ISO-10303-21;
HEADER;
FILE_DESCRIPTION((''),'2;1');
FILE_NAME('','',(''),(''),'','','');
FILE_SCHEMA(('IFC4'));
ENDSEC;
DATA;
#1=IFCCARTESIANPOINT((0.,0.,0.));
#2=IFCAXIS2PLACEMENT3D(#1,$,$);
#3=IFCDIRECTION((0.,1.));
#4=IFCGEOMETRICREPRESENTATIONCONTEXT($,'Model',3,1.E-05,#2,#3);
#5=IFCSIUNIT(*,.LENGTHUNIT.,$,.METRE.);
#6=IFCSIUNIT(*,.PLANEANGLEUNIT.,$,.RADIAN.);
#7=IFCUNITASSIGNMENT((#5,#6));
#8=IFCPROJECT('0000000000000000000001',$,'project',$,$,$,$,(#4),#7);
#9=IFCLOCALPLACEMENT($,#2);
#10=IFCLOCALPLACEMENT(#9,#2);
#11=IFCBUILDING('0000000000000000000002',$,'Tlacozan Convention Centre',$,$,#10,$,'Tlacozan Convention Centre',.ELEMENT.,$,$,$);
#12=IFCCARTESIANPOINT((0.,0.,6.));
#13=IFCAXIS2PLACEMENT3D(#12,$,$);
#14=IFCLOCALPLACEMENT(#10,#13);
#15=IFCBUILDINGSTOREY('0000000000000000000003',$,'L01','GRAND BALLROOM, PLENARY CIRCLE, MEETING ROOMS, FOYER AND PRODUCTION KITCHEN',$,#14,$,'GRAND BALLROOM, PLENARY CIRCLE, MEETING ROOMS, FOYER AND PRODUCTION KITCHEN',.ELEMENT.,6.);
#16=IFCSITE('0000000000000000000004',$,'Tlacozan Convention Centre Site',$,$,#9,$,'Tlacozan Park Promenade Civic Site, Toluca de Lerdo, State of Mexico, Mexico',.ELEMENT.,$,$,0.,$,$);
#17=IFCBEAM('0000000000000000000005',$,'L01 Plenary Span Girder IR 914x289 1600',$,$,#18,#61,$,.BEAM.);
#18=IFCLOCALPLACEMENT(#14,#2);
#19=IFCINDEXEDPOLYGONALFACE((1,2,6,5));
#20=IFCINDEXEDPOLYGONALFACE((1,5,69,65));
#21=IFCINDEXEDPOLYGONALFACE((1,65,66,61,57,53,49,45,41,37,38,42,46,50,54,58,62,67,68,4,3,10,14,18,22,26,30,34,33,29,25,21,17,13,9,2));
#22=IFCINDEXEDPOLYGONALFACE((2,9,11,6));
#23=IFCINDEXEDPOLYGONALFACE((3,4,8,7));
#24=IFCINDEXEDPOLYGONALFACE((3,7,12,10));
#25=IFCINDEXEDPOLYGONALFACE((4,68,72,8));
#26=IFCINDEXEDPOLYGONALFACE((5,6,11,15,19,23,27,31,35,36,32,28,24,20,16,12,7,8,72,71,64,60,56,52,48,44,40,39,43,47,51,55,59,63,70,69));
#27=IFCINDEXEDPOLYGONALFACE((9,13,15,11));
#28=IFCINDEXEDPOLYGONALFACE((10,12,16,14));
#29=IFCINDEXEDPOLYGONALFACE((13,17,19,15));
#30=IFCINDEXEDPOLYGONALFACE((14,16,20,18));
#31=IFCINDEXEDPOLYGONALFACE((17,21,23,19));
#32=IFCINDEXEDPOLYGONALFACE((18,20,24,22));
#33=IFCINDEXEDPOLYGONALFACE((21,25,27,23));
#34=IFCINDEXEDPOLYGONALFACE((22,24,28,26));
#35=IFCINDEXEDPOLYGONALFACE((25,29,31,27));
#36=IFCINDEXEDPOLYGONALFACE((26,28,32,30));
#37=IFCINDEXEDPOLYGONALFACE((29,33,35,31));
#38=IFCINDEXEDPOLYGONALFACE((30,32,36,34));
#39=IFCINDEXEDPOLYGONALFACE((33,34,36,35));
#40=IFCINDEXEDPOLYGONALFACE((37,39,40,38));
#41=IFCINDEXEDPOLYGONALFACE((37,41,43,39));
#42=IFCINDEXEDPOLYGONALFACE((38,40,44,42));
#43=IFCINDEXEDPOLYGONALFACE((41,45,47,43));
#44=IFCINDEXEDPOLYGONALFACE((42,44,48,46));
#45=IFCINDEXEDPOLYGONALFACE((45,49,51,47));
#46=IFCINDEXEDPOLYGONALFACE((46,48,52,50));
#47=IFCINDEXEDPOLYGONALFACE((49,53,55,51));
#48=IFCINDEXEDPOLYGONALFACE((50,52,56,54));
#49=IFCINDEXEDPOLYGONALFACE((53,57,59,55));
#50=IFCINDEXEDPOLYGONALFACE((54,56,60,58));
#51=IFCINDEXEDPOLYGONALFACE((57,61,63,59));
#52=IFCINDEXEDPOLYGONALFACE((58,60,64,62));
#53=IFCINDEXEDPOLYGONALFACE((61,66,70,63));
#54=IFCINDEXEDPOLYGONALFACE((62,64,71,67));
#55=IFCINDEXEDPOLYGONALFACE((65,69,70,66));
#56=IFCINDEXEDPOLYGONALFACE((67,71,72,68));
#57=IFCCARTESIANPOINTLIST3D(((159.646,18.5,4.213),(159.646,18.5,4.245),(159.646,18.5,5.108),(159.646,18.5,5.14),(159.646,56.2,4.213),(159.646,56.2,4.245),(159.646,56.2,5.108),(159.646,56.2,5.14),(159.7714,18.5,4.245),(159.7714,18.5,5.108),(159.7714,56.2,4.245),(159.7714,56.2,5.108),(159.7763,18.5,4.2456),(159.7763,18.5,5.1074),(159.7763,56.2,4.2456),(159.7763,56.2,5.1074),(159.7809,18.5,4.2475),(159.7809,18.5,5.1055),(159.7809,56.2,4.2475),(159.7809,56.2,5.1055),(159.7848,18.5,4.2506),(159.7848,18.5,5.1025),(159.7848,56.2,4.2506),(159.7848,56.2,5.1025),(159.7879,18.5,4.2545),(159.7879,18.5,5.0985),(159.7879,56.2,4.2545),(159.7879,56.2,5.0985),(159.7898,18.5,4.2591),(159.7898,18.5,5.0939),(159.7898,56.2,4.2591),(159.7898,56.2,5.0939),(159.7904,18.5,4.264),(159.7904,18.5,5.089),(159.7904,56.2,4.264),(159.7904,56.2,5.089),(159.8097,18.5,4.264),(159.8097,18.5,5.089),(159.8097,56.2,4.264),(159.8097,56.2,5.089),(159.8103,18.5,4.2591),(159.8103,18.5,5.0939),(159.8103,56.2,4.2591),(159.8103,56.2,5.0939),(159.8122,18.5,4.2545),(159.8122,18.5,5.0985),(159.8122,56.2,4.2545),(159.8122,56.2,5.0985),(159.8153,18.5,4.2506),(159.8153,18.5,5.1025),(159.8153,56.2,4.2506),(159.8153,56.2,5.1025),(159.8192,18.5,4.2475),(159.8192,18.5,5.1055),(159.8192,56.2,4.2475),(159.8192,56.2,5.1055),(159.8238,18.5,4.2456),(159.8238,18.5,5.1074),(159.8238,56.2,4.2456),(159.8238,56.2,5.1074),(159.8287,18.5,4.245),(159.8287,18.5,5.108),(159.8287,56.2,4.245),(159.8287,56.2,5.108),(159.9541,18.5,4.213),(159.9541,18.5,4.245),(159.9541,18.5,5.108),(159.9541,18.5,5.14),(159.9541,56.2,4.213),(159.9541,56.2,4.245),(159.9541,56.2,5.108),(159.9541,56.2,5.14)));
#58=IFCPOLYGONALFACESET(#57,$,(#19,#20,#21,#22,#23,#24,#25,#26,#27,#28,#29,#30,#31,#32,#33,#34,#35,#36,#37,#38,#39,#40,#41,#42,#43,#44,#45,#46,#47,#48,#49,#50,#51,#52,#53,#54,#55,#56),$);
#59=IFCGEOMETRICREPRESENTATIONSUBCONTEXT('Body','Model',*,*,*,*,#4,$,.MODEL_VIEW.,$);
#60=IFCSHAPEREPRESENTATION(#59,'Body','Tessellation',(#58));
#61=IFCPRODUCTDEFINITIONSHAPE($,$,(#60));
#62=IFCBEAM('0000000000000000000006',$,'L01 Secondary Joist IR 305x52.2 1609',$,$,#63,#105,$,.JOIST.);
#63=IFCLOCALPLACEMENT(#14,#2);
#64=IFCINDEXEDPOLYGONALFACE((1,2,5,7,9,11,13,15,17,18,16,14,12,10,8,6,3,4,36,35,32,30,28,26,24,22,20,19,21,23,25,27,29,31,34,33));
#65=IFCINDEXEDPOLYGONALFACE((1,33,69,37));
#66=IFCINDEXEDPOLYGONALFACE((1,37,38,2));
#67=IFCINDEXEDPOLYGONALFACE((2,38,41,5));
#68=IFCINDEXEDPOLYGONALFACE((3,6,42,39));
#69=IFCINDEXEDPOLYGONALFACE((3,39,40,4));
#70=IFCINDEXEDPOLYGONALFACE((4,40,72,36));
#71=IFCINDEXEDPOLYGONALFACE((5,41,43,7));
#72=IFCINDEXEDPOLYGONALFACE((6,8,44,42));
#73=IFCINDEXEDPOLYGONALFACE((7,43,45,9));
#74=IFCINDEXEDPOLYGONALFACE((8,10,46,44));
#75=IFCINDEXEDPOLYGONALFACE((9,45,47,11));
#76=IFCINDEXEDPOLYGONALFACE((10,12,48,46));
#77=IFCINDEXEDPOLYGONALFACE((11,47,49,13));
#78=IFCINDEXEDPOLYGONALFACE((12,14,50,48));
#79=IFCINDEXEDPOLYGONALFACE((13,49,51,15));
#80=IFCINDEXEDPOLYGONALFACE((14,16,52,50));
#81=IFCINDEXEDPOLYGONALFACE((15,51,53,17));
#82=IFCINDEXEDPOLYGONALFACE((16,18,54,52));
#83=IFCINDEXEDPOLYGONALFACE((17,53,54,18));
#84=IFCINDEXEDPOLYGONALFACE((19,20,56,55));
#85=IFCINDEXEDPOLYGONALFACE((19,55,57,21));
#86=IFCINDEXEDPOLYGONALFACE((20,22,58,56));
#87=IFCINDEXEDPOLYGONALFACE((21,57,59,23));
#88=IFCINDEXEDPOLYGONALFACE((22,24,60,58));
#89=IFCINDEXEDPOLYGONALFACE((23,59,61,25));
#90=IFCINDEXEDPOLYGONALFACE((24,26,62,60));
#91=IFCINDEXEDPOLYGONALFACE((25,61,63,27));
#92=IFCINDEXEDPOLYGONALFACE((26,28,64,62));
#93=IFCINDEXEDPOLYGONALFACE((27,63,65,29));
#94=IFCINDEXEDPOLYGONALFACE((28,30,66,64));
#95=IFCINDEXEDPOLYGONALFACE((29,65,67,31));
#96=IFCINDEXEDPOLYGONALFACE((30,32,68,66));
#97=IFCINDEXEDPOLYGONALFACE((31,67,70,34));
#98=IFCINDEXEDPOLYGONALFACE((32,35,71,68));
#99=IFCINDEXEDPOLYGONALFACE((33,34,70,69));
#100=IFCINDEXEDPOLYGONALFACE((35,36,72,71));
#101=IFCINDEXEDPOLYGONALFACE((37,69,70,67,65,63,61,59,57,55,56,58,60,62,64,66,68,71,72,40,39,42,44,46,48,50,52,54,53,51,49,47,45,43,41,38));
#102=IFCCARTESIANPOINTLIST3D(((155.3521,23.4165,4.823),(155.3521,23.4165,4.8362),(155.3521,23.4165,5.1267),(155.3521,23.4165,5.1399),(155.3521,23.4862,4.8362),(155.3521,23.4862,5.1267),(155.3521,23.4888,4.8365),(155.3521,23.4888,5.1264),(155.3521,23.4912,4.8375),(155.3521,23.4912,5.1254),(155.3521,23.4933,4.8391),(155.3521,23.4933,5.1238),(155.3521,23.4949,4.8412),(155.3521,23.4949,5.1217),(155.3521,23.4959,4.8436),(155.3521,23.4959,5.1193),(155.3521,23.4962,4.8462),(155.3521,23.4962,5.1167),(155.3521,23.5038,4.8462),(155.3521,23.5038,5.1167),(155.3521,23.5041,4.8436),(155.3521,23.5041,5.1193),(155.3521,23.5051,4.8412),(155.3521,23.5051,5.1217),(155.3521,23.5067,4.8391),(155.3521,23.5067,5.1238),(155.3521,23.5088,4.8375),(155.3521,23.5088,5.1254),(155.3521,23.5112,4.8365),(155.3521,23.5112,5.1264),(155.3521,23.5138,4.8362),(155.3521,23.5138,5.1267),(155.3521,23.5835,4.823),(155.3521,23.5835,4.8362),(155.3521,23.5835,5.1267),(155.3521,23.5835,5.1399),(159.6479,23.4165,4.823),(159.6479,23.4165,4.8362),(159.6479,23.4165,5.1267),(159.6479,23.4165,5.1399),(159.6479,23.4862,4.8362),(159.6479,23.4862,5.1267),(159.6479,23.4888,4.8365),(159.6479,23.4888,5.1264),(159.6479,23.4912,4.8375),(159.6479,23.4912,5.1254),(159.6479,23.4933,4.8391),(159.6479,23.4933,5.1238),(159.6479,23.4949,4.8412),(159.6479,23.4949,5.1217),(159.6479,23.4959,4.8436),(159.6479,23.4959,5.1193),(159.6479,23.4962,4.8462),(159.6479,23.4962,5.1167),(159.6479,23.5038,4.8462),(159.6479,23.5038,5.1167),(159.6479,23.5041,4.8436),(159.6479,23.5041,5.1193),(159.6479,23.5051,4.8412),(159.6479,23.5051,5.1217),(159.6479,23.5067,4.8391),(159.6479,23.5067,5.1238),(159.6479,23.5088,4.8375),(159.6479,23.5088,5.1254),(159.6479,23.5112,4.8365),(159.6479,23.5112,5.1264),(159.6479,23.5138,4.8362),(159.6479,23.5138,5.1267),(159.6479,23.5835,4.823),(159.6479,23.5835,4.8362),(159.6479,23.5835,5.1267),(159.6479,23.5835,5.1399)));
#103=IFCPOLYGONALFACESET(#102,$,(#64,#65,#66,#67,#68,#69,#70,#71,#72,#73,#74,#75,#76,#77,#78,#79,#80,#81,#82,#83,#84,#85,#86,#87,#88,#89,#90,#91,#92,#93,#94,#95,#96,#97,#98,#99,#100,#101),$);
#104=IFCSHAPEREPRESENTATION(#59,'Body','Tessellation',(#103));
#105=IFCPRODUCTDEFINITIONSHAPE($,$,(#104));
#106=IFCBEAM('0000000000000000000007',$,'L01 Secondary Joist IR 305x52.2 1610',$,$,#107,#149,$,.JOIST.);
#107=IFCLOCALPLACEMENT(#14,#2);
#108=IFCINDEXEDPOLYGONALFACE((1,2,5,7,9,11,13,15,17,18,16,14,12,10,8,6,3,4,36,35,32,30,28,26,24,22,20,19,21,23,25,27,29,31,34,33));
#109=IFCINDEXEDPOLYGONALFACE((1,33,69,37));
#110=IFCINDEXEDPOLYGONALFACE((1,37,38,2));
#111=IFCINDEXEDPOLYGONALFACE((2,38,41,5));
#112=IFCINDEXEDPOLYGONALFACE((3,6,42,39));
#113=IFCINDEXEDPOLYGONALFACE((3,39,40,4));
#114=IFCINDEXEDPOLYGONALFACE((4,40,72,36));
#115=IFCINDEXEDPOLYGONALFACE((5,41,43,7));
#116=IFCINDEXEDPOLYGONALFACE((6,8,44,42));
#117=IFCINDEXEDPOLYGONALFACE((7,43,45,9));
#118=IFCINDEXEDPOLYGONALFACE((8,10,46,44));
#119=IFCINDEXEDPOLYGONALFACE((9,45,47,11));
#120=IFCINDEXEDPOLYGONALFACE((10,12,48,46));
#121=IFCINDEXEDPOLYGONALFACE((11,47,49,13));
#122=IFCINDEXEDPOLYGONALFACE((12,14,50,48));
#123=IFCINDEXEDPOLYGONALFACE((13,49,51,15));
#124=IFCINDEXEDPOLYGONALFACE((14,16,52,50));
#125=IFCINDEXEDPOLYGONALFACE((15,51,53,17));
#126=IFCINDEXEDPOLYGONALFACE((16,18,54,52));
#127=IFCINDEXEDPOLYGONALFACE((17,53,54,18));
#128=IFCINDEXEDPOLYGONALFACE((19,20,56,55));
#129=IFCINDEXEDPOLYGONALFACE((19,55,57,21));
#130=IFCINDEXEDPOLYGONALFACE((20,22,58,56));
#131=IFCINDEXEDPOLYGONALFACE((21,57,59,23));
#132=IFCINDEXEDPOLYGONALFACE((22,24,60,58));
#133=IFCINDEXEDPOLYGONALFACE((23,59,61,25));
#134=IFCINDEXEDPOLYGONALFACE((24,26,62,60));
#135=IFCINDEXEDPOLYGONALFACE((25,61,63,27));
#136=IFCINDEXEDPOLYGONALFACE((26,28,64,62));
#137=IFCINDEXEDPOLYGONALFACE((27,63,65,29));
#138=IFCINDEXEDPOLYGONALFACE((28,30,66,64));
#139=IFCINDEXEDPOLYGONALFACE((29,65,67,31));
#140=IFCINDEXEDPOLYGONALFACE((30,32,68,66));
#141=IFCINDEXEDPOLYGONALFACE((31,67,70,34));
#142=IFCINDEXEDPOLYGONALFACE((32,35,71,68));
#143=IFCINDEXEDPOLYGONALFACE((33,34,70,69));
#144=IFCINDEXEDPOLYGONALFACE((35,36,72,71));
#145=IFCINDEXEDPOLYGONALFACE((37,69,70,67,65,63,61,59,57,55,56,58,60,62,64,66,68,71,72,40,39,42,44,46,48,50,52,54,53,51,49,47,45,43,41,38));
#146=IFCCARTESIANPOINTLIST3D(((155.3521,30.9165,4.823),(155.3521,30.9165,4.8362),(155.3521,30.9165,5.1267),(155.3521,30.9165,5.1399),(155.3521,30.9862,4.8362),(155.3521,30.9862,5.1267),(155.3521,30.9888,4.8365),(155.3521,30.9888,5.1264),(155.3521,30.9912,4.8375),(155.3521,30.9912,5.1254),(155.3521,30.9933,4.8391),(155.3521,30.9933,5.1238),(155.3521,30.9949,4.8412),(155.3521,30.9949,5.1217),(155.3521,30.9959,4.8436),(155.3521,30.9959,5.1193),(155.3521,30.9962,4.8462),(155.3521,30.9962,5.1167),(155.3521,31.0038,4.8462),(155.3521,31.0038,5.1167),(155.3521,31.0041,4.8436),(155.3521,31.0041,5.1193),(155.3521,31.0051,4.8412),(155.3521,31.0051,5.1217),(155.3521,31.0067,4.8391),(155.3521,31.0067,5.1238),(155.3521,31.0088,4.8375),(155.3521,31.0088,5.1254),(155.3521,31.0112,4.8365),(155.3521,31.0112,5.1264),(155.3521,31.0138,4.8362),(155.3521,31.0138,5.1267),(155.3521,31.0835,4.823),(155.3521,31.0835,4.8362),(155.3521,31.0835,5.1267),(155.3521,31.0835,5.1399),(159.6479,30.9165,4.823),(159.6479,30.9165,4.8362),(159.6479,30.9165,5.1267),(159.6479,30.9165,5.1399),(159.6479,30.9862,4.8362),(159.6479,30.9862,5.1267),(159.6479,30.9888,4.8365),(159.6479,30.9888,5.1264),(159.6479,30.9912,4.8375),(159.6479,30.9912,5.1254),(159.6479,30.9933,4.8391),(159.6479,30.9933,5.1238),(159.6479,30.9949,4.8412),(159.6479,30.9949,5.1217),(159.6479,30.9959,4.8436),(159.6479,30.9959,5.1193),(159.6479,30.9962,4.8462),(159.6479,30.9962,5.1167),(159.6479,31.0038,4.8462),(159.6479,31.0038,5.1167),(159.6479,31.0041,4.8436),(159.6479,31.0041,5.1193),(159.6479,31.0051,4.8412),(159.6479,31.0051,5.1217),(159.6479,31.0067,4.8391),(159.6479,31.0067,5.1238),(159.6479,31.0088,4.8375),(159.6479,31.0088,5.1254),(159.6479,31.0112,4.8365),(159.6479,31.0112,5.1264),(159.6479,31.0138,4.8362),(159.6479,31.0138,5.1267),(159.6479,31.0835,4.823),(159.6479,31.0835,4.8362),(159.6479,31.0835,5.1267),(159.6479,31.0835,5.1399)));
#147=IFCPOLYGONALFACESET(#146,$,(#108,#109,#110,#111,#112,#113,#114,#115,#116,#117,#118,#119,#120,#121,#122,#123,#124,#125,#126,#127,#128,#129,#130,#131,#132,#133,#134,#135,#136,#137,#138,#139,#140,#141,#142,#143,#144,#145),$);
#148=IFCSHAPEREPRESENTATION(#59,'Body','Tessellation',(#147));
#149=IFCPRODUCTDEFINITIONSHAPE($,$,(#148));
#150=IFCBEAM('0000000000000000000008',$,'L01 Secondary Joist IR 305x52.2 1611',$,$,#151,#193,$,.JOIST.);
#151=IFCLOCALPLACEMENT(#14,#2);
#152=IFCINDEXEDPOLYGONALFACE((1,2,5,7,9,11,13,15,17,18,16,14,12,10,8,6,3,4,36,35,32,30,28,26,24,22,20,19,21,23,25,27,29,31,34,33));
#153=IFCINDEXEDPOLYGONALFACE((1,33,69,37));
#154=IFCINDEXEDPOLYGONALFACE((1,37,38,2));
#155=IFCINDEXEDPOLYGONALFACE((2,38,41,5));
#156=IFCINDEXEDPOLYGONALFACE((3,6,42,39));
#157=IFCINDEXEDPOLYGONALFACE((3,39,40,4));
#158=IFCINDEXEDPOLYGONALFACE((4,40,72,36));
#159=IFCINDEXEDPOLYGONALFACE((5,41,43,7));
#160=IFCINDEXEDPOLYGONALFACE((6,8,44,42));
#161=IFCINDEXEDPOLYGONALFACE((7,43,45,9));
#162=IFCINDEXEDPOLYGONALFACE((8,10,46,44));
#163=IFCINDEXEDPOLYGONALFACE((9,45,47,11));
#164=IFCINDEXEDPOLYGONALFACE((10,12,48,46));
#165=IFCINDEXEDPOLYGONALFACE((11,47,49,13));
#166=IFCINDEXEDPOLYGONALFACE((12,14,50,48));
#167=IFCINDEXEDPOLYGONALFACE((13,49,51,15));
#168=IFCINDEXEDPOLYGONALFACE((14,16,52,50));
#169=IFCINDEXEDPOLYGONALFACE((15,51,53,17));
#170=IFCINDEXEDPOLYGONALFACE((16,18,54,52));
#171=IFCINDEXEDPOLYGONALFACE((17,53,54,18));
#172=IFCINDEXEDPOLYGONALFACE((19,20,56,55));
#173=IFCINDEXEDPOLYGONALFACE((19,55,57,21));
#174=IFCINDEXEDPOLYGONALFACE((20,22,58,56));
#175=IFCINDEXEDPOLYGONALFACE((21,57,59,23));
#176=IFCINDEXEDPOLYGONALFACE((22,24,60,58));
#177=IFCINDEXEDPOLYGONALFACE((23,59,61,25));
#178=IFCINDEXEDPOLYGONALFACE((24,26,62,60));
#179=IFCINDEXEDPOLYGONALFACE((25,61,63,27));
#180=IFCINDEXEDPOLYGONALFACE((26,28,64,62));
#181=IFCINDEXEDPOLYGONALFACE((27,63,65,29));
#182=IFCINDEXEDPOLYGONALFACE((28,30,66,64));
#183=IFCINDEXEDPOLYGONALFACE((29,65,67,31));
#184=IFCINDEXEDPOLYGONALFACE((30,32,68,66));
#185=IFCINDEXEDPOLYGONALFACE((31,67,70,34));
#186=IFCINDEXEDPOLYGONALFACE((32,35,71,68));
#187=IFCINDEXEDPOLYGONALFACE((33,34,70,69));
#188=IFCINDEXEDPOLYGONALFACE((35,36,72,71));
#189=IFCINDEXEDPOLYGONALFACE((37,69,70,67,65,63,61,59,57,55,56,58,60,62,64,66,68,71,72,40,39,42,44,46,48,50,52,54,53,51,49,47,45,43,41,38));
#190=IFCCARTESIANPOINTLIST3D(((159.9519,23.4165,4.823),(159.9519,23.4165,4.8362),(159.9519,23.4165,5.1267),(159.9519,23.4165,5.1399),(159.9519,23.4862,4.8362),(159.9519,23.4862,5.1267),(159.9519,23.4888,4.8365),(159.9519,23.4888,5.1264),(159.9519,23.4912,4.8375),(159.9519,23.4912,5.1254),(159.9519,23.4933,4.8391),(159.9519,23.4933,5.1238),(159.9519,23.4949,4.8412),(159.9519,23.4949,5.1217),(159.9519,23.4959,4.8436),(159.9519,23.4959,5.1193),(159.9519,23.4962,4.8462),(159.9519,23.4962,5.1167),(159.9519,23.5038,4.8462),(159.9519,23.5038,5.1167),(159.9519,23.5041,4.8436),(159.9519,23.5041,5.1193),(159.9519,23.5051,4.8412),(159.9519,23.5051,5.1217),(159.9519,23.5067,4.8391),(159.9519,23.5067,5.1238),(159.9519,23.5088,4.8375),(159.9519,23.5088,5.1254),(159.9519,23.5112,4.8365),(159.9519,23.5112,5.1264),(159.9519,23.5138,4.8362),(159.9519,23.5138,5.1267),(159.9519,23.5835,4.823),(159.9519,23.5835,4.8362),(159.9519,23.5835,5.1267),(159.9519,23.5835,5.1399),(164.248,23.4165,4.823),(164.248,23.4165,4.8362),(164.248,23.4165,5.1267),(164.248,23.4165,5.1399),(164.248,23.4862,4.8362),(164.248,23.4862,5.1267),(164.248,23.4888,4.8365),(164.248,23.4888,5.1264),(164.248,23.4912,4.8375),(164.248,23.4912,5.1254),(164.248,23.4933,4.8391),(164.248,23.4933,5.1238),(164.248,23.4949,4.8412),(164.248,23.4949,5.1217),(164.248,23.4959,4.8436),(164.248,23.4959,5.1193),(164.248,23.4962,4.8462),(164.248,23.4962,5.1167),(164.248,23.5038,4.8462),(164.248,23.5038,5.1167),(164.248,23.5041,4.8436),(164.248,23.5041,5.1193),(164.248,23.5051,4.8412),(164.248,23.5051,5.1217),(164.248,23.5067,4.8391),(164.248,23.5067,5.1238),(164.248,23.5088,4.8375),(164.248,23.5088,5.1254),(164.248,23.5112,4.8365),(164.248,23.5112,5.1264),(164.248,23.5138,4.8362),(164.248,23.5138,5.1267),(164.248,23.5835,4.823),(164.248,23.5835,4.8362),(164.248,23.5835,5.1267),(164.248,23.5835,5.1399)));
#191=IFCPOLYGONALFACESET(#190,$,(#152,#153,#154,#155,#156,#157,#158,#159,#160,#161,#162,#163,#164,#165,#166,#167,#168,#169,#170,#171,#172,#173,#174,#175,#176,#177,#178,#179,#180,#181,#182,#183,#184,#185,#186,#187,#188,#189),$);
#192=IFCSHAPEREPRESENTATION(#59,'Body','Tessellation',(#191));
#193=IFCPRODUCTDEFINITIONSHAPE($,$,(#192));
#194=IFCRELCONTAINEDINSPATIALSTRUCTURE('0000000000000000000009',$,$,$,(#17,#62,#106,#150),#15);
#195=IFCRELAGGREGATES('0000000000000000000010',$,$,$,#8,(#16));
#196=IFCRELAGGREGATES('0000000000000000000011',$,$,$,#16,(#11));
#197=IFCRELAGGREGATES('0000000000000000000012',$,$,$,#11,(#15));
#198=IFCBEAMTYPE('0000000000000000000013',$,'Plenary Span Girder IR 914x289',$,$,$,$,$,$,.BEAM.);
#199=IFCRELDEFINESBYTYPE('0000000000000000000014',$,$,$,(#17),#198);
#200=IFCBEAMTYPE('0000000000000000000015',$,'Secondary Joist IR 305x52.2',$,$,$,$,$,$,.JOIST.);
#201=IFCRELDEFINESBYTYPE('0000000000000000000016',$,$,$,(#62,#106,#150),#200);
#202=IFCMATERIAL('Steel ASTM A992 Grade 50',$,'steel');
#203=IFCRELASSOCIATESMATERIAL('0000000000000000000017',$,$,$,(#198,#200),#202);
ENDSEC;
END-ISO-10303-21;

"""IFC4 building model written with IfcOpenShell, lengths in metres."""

from ifc_helpers import new_model, si_unit, direction, frame, origin, origin_2d, place, context, subcontext, project, spatial, i_section, extrude, material, material_profile, profile_set, type_object, element, save


model = new_model("IFC4")

# Units and contexts
model_context = context("Model", 3, precision=1e-05, world=origin(), true_north=direction((0.0, 1.0)))
body_context = subcontext(model_context, "Body", "Model", "MODEL_VIEW")
ifc_project = project(units=[si_unit("LENGTHUNIT", "METRE"), si_unit("PLANEANGLEUNIT", "RADIAN")], contexts=[model_context])

# Site, building, storey
site_placement = place(None, origin())
site = spatial("IfcSite", under=ifc_project, at=site_placement, Name="Tlacozan Convention Centre Site", LongName="Tlacozan Park Promenade Civic Site, Toluca de Lerdo, State of Mexico, Mexico", CompositionType="ELEMENT", RefElevation=0.0)
building_placement = place(site_placement, origin())
building = spatial("IfcBuilding", under=site, at=building_placement, Name="Tlacozan Convention Centre", LongName="Tlacozan Convention Centre", CompositionType="ELEMENT")
storey_placement = place(building_placement, frame((0.0, 0.0, 6.0)))
storey = spatial("IfcBuildingStorey", under=building, at=storey_placement, Name="L01", Description="GRAND BALLROOM, PLENARY CIRCLE, MEETING ROOMS, FOYER AND PRODUCTION KITCHEN", LongName="GRAND BALLROOM, PLENARY CIRCLE, MEETING ROOMS, FOYER AND PRODUCTION KITCHEN", CompositionType="ELEMENT", Elevation=6.0)

# Beams
ifc_material_1 = material(Name="Steel ASTM A992 Grade 50", Category="steel")
ifc_material_profile_1 = material_profile(ifc_material_1, i_section(OverallWidth=0.3081, OverallDepth=0.927, WebThickness=0.0193, FlangeThickness=0.032, FilletRadius=0.019, at=origin_2d()), Name="IR 914x289.0")
ifc_profile_set_1 = profile_set([ifc_material_profile_1], Name="Steel ASTM A992 Grade 50")
beam_type_1 = type_object("IfcBeamType", Name="Plenary Span Girder IR 914x289", PredefinedType="BEAM", material=ifc_profile_set_1)
beam_1_placement = place(storey_placement, frame((159.8, 18.5, 4.6765), z_axis=(0.0, 1.0, 0.0), x_axis=(-1.0, 0.0, 0.0)))
element("IfcBeam", 1, at=beam_1_placement, inside=storey, type_object=beam_type_1, Name="L01 Plenary Span Girder IR 914x289 1600", PredefinedType="BEAM", context=body_context, shape_type="SweptSolid", body=[
    extrude(i_section(OverallWidth=0.3081, OverallDepth=0.927, WebThickness=0.0193, FlangeThickness=0.032, FilletRadius=0.019, at=origin_2d()), origin(), (0.0, 0.0, 1.0), 37.7),
])
ifc_material_profile_2 = material_profile(ifc_material_1, i_section(OverallWidth=0.167, OverallDepth=0.3169, WebThickness=0.0076, FlangeThickness=0.0132, FilletRadius=0.01, at=origin_2d()), Name="IR 305x52.2")
ifc_profile_set_2 = profile_set([ifc_material_profile_2], Name="Steel ASTM A992 Grade 50")
beam_type_2 = type_object("IfcBeamType", Name="Secondary Joist IR 305x52.2", PredefinedType="JOIST", material=ifc_profile_set_2)
for number, where, z_axis, x_axis, name in (
    (2, (155.3521, 23.5, 4.9814), (1.0, 0.0, 0.0), (0.0, 1.0, 0.0), "L01 Secondary Joist IR 305x52.2 1609"),
    (3, (155.3521, 31.0, 4.9814), (1.0, 0.0, 0.0), (0.0, 1.0, 0.0), "L01 Secondary Joist IR 305x52.2 1610"),
):
    element("IfcBeam", number, at=place(storey_placement, frame(where, z_axis=z_axis, x_axis=x_axis)), inside=storey, type_object=beam_type_2, Name=name, PredefinedType="JOIST", context=body_context, shape_type="SweptSolid", body=[
        extrude(i_section(OverallWidth=0.167, OverallDepth=0.3169, WebThickness=0.0076, FlangeThickness=0.0132, FilletRadius=0.01, at=origin_2d()), origin(), (0.0, 0.0, 1.0), 4.2959),
    ])
for number, where, z_axis, x_axis, name in (
    (4, (159.9519, 23.5, 4.9814), (1.0, 0.0, 0.0), (0.0, 1.0, 0.0), "L01 Secondary Joist IR 305x52.2 1611"),
):
    element("IfcBeam", number, at=place(storey_placement, frame(where, z_axis=z_axis, x_axis=x_axis)), inside=storey, type_object=beam_type_2, Name=name, PredefinedType="JOIST", context=body_context, shape_type="SweptSolid", body=[
        extrude(i_section(OverallWidth=0.167, OverallDepth=0.3169, WebThickness=0.0076, FlangeThickness=0.0132, FilletRadius=0.01, at=origin_2d()), origin(), (0.0, 0.0, 1.0), 4.2961),
    ])

save(model, "model.ifc")
